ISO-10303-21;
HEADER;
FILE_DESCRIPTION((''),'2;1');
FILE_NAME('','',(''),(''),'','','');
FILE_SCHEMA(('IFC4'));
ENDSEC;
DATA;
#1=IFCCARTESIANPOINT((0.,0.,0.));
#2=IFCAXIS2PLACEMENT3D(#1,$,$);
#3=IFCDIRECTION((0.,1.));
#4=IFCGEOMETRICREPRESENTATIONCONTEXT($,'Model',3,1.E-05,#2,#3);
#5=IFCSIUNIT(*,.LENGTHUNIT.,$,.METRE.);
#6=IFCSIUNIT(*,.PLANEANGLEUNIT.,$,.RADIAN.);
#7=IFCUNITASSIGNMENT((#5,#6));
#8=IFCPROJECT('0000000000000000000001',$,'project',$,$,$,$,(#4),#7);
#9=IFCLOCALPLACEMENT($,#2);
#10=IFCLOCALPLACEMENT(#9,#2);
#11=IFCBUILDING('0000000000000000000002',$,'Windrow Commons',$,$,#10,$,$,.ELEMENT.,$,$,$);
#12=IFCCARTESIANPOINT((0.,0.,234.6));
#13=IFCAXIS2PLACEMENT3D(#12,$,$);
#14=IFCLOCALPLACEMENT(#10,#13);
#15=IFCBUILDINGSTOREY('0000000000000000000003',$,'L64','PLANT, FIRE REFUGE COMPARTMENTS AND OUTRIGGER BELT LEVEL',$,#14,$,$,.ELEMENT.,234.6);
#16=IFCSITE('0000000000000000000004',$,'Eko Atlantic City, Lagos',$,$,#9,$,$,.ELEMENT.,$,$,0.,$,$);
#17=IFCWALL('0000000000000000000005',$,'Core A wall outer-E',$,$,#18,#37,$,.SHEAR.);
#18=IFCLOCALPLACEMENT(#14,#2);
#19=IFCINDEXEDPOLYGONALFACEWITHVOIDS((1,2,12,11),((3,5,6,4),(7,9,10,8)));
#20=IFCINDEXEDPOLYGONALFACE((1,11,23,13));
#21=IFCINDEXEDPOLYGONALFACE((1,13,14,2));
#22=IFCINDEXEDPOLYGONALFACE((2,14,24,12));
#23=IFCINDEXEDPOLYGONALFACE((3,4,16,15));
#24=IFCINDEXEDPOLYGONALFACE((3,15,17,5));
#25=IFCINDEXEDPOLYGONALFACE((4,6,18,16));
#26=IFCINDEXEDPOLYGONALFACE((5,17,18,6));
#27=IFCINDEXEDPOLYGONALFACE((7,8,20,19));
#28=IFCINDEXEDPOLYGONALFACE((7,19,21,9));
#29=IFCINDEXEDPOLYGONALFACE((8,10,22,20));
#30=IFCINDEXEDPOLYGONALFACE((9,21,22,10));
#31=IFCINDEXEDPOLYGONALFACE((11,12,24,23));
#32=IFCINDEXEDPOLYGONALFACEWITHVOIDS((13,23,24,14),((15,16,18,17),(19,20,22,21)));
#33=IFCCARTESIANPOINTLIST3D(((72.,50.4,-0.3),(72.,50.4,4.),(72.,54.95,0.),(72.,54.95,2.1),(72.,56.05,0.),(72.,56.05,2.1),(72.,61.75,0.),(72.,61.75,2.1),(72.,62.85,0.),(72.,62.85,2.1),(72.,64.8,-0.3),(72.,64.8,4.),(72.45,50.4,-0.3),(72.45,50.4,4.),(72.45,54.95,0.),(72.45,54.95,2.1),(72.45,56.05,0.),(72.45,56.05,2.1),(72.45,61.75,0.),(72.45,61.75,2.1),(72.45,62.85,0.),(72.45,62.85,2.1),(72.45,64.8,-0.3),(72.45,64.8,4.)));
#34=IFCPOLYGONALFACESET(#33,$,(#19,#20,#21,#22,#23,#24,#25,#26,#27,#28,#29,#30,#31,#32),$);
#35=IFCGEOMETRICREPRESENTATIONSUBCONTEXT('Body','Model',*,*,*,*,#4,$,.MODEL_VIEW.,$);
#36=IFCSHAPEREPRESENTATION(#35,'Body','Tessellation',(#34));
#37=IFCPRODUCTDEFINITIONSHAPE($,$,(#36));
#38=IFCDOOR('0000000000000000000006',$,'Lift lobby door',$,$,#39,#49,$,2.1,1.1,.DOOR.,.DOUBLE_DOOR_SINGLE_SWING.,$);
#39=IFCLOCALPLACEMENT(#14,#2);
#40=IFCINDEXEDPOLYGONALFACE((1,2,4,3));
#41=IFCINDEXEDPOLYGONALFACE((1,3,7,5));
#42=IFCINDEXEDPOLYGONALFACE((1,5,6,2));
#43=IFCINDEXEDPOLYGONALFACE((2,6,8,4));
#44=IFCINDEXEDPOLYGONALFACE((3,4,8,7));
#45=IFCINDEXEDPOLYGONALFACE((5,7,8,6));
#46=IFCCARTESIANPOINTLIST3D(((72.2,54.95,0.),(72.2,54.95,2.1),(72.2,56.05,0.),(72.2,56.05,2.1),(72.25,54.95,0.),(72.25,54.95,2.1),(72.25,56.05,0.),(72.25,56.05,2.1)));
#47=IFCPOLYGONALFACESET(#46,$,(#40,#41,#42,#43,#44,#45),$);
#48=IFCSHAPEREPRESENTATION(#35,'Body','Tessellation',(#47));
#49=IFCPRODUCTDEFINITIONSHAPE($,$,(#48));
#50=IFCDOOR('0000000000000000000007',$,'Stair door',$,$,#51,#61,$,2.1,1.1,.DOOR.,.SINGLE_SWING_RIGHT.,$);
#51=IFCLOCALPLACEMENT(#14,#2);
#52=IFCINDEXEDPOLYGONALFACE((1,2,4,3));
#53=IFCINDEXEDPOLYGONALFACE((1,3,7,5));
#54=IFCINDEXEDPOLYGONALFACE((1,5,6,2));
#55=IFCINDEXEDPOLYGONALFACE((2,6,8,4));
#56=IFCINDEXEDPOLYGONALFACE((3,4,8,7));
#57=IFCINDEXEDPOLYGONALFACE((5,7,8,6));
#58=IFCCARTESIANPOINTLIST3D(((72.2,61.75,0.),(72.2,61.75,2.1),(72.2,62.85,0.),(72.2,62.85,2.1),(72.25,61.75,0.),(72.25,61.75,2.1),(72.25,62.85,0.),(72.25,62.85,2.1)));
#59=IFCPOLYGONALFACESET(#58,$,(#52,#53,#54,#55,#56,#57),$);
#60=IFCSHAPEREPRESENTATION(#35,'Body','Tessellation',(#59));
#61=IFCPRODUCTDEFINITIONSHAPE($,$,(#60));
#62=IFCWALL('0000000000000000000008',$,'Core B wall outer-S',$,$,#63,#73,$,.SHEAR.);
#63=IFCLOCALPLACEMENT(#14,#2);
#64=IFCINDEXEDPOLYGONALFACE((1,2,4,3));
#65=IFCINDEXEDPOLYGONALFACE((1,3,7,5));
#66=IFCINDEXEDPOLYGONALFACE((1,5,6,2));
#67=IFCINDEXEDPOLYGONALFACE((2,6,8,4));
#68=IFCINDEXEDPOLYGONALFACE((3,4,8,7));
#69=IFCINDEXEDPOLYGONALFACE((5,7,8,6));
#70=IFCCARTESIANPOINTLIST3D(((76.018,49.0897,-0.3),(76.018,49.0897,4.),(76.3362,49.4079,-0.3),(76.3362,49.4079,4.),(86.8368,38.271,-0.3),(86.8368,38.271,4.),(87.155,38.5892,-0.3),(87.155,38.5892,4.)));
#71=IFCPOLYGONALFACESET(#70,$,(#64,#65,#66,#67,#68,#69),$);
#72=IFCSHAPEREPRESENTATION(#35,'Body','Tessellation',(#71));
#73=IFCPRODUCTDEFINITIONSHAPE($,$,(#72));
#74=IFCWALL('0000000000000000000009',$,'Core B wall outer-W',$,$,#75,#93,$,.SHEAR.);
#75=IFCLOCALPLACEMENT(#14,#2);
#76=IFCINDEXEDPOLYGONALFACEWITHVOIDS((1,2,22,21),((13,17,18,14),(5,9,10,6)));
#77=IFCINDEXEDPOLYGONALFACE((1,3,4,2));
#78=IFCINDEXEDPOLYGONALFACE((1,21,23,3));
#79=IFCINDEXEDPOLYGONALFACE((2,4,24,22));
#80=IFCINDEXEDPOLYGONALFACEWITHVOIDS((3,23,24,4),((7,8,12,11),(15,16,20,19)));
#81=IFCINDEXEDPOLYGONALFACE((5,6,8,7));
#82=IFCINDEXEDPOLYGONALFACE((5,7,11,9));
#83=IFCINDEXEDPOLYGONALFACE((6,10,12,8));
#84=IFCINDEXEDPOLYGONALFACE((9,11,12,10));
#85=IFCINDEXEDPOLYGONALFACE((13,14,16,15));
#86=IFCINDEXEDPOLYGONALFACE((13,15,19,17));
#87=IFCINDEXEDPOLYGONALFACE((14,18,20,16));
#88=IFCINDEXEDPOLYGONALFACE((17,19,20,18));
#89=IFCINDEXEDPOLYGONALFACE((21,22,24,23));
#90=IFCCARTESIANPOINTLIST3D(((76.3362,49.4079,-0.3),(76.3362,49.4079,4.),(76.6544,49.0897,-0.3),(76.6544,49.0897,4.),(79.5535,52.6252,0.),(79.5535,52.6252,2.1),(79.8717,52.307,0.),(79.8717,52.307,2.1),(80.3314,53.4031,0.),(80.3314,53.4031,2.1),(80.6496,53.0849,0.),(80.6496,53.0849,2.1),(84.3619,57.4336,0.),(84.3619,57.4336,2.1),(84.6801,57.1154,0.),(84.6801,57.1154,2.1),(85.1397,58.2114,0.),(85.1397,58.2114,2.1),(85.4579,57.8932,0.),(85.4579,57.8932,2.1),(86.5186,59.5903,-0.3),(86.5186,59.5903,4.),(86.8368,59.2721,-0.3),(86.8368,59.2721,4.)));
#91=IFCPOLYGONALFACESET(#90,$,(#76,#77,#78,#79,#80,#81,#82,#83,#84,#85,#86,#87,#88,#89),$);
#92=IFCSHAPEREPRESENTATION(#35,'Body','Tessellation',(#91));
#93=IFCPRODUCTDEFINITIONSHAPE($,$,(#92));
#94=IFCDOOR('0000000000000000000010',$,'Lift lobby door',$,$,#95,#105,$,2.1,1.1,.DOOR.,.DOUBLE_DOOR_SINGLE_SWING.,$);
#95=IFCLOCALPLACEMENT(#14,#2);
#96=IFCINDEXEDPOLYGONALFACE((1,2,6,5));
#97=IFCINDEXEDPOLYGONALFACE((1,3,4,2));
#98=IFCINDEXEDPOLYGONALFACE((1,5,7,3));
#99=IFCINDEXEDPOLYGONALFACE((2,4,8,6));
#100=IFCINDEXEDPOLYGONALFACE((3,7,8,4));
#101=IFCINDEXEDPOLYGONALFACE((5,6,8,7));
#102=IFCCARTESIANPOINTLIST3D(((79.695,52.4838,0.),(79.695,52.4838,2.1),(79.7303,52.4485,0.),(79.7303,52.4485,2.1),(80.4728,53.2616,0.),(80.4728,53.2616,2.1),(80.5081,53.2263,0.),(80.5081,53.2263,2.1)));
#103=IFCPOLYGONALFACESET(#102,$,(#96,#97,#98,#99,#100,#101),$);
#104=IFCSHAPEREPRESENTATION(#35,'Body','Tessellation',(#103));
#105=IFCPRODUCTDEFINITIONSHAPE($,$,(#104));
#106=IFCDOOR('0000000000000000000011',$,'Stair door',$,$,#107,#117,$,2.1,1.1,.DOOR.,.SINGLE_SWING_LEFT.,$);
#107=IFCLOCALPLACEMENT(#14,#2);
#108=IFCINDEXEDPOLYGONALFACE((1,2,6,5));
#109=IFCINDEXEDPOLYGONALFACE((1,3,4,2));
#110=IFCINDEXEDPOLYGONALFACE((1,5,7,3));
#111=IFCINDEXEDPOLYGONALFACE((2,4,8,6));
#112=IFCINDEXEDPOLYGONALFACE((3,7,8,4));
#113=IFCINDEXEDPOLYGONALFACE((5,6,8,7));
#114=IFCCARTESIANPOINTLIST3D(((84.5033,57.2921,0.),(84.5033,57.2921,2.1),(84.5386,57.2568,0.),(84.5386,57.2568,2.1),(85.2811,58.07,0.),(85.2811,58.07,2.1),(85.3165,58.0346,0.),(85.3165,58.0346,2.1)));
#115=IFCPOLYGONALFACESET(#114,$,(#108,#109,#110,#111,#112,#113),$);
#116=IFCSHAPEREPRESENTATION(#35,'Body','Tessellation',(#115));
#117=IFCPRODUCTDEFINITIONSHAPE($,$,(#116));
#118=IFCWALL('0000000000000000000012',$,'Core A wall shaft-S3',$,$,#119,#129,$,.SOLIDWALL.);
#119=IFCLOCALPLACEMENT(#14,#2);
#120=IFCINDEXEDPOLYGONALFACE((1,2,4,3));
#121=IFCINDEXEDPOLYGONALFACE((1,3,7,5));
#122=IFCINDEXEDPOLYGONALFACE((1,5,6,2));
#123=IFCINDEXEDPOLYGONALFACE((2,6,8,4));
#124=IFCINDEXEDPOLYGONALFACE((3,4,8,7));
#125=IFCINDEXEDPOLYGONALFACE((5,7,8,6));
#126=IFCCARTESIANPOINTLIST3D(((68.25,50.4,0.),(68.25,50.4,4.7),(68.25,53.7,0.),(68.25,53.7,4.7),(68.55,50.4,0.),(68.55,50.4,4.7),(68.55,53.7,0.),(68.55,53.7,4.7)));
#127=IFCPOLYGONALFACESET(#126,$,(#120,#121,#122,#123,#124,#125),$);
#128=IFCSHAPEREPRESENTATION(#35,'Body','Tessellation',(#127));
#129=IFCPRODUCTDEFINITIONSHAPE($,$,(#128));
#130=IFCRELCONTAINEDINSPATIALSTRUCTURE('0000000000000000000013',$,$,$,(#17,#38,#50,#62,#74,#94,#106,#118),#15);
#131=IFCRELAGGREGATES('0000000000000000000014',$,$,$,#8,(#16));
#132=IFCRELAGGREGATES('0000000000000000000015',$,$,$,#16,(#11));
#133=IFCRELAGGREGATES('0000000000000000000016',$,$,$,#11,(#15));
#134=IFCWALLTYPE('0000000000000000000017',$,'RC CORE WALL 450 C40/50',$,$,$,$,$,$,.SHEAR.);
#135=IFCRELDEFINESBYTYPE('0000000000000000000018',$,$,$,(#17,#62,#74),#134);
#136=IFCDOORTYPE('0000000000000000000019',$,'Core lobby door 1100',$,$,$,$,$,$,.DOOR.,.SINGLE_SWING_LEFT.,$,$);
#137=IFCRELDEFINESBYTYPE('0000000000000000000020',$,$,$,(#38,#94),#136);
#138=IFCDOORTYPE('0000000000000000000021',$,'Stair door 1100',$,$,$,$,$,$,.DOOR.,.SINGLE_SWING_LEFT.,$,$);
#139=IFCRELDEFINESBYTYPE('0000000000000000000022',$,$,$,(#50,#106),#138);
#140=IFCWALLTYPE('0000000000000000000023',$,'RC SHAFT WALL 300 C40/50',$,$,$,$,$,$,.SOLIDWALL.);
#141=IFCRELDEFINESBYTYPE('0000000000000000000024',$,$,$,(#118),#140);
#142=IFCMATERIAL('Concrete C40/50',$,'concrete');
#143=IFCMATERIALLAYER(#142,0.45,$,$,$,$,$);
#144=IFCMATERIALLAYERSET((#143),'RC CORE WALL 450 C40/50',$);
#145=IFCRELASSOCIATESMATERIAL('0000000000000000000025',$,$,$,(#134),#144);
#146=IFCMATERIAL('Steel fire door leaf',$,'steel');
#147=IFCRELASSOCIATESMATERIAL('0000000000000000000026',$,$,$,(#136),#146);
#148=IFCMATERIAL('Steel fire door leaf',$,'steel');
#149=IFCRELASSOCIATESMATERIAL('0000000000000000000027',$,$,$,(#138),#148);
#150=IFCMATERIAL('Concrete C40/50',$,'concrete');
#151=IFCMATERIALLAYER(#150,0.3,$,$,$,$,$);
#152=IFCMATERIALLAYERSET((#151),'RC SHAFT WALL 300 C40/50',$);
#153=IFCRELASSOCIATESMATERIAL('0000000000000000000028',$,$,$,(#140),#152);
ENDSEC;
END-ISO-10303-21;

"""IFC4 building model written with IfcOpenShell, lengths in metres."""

from ifc_helpers import new_model, si_unit, direction, frame, frame_2d, origin, place, context, subcontext, project, spatial, rectangle, extrude, material, layer, layer_set, type_object, element, fill, save


model = new_model("IFC4")

# Units and contexts
model_context = context("Model", 3, precision=1e-05, world=origin(), true_north=direction((0.0, 1.0)))
body_context = subcontext(model_context, "Body", "Model", "MODEL_VIEW")
ifc_project = project(units=[si_unit("LENGTHUNIT", "METRE"), si_unit("PLANEANGLEUNIT", "RADIAN")], contexts=[model_context])

# Site, building, storey
site_placement = place(None, origin())
site = spatial("IfcSite", under=ifc_project, at=site_placement, Name="Eko Atlantic City, Lagos", CompositionType="ELEMENT", RefElevation=0.0)
building_placement = place(site_placement, origin())
building = spatial("IfcBuilding", under=site, at=building_placement, Name="Windrow Commons", CompositionType="ELEMENT")
storey_placement = place(building_placement, frame((0.0, 0.0, 234.6)))
storey = spatial("IfcBuildingStorey", under=building, at=storey_placement, Name="L64", Description="PLANT, FIRE REFUGE COMPARTMENTS AND OUTRIGGER BELT LEVEL", CompositionType="ELEMENT", Elevation=234.6)

# Wall, openings, doors
ifc_material_1 = material(Name="Concrete C40/50", Category="concrete")
ifc_layer_1 = layer(ifc_material_1, 0.45)
ifc_layer_set_1 = layer_set([ifc_layer_1], Name="RC CORE WALL 450 C40/50")
wall_type_1 = type_object("IfcWallType", Name="RC CORE WALL 450 C40/50", PredefinedType="SHEAR", material=ifc_layer_set_1)
wall_1_placement = place(storey_placement, frame((72.225, 50.4, -0.3), z_axis=(0.0, 0.0, 1.0), x_axis=(0.0, 1.0, 0.0)))
wall_1 = element("IfcWall", 1, at=wall_1_placement, inside=storey, type_object=wall_type_1, Name="Core A wall outer-E", PredefinedType="SHEAR", context=body_context, shape_type="SweptSolid", body=[
    extrude(rectangle(XDim=14.4, YDim=0.45, at=frame_2d((7.2, 0.0))), origin(), (0.0, 0.0, 1.0), 4.3),
])
opening_1_placement = place(wall_1_placement, frame((4.55, 0.0, 0.3)))
opening_1 = element("IfcOpeningElement", 2, at=opening_1_placement, cuts=wall_1, PredefinedType="OPENING", context=body_context, shape_type="SweptSolid", body=[
    extrude(rectangle(XDim=1.1, YDim=2.1, at=frame_2d((0.55, 1.05))), frame((0.0, 0.235, 0.0), z_axis=(0.0, -1.0, 0.0), x_axis=(1.0, 0.0, 0.0)), (0.0, 0.0, 1.0), 0.47),
])
opening_2_placement = place(wall_1_placement, frame((11.35, 0.0, 0.3)))
opening_2 = element("IfcOpeningElement", 3, at=opening_2_placement, cuts=wall_1, PredefinedType="OPENING", context=body_context, shape_type="SweptSolid", body=[
    extrude(rectangle(XDim=1.1, YDim=2.1, at=frame_2d((0.55, 1.05))), frame((0.0, 0.235, 0.0), z_axis=(0.0, -1.0, 0.0), x_axis=(1.0, 0.0, 0.0)), (0.0, 0.0, 1.0), 0.47),
])
ifc_material_2 = material(Name="Steel fire door leaf", Category="steel")
door_type_1 = type_object("IfcDoorType", Name="Core lobby door 1100", OperationType="SINGLE_SWING_LEFT", PredefinedType="DOOR", material=ifc_material_2)
door_1_placement = place(opening_1_placement, origin())
door_1 = element("IfcDoor", 4, at=door_1_placement, inside=storey, type_object=door_type_1, Name="Lift lobby door", OperationType="DOUBLE_DOOR_SINGLE_SWING", OverallHeight=2.1, OverallWidth=1.1, PredefinedType="DOOR", context=body_context, shape_type="SweptSolid", body=[
    extrude(rectangle(XDim=1.1, YDim=2.1, at=frame_2d((0.55, 1.05))), frame((0.0, 0.025, 0.0), z_axis=(0.0, -1.0, 0.0), x_axis=(1.0, 0.0, 0.0)), (0.0, 0.0, 1.0), 0.05),
])
fill(opening_1, door_1)
ifc_material_3 = material(Name="Steel fire door leaf", Category="steel")
door_type_2 = type_object("IfcDoorType", Name="Stair door 1100", OperationType="SINGLE_SWING_LEFT", PredefinedType="DOOR", material=ifc_material_3)
door_2_placement = place(opening_2_placement, origin())
door_2 = element("IfcDoor", 5, at=door_2_placement, inside=storey, type_object=door_type_2, Name="Stair door", OperationType="SINGLE_SWING_RIGHT", OverallHeight=2.1, OverallWidth=1.1, PredefinedType="DOOR", context=body_context, shape_type="SweptSolid", body=[
    extrude(rectangle(XDim=1.1, YDim=2.1, at=frame_2d((0.55, 1.05))), frame((0.0, 0.025, 0.0), z_axis=(0.0, -1.0, 0.0), x_axis=(1.0, 0.0, 0.0)), (0.0, 0.0, 1.0), 0.05),
])
fill(opening_2, door_2)

# Wall
wall_2_placement = place(storey_placement, frame((76.1771, 49.2488, -0.3), z_axis=(0.0, 0.0, 1.0), x_axis=(0.70711, -0.707104, 0.0)))
element("IfcWall", 6, at=wall_2_placement, inside=storey, type_object=wall_type_1, Name="Core B wall outer-S", PredefinedType="SHEAR", context=body_context, shape_type="SweptSolid", body=[
    extrude(rectangle(XDim=15.3, YDim=0.45, at=frame_2d((7.65, 0.0))), origin(), (0.0, 0.0, 1.0), 4.3),
])

# Wall, openings, doors
wall_3_placement = place(storey_placement, frame((76.4953, 49.2488, -0.3), z_axis=(0.0, 0.0, 1.0), x_axis=(0.707107, 0.707107, 0.0)))
wall_3 = element("IfcWall", 7, at=wall_3_placement, inside=storey, type_object=wall_type_1, Name="Core B wall outer-W", PredefinedType="SHEAR", context=body_context, shape_type="SweptSolid", body=[
    extrude(rectangle(XDim=14.4001, YDim=0.45, at=frame_2d((7.2001, 0.0))), origin(), (0.0, 0.0, 1.0), 4.3),
])
opening_3_placement = place(wall_3_placement, frame((4.55, 0.0, 0.3)))
opening_3 = element("IfcOpeningElement", 8, at=opening_3_placement, cuts=wall_3, PredefinedType="OPENING", context=body_context, shape_type="SweptSolid", body=[
    extrude(rectangle(XDim=1.1, YDim=2.1, at=frame_2d((0.55, 1.05))), frame((0.0, 0.235, 0.0), z_axis=(0.0, -1.0, 0.0), x_axis=(1.0, 0.0, 0.0)), (0.0, 0.0, 1.0), 0.47),
])
opening_4_placement = place(wall_3_placement, frame((11.35, 0.0, 0.3)))
opening_4 = element("IfcOpeningElement", 9, at=opening_4_placement, cuts=wall_3, PredefinedType="OPENING", context=body_context, shape_type="SweptSolid", body=[
    extrude(rectangle(XDim=1.1, YDim=2.1, at=frame_2d((0.55, 1.05))), frame((0.0, 0.235, 0.0), z_axis=(0.0, -1.0, 0.0), x_axis=(1.0, 0.0, 0.0)), (0.0, 0.0, 1.0), 0.47),
])
door_3_placement = place(opening_3_placement, origin())
door_3 = element("IfcDoor", 10, at=door_3_placement, inside=storey, type_object=door_type_1, Name="Lift lobby door", OperationType="DOUBLE_DOOR_SINGLE_SWING", OverallHeight=2.1, OverallWidth=1.1, PredefinedType="DOOR", context=body_context, shape_type="SweptSolid", body=[
    extrude(rectangle(XDim=1.1, YDim=2.1, at=frame_2d((0.55, 1.05))), frame((0.0, 0.025, 0.0), z_axis=(0.0, -1.0, 0.0), x_axis=(1.0, 0.0, 0.0)), (0.0, 0.0, 1.0), 0.05),
])
fill(opening_3, door_3)
door_4_placement = place(opening_4_placement, origin())
door_4 = element("IfcDoor", 11, at=door_4_placement, inside=storey, type_object=door_type_2, Name="Stair door", OperationType="SINGLE_SWING_LEFT", OverallHeight=2.1, OverallWidth=1.1, PredefinedType="DOOR", context=body_context, shape_type="SweptSolid", body=[
    extrude(rectangle(XDim=1.1, YDim=2.1, at=frame_2d((0.55, 1.05))), frame((0.0, 0.025, 0.0), z_axis=(0.0, -1.0, 0.0), x_axis=(1.0, 0.0, 0.0)), (0.0, 0.0, 1.0), 0.05),
])
fill(opening_4, door_4)

# Wall
ifc_material_4 = material(Name="Concrete C40/50", Category="concrete")
ifc_layer_2 = layer(ifc_material_4, 0.3)
ifc_layer_set_2 = layer_set([ifc_layer_2], Name="RC SHAFT WALL 300 C40/50")
wall_type_2 = type_object("IfcWallType", Name="RC SHAFT WALL 300 C40/50", PredefinedType="SOLIDWALL", material=ifc_layer_set_2)
wall_4_placement = place(storey_placement, frame((68.4, 50.4, 0.0), z_axis=(0.0, 0.0, 1.0), x_axis=(0.0, 1.0, 0.0)))
element("IfcWall", 12, at=wall_4_placement, inside=storey, type_object=wall_type_2, Name="Core A wall shaft-S3", PredefinedType="SOLIDWALL", context=body_context, shape_type="SweptSolid", body=[
    extrude(rectangle(XDim=3.3, YDim=0.3, at=frame_2d((1.65, 0.0))), origin(), (0.0, 0.0, 1.0), 4.7),
])

save(model, "model.ifc")
